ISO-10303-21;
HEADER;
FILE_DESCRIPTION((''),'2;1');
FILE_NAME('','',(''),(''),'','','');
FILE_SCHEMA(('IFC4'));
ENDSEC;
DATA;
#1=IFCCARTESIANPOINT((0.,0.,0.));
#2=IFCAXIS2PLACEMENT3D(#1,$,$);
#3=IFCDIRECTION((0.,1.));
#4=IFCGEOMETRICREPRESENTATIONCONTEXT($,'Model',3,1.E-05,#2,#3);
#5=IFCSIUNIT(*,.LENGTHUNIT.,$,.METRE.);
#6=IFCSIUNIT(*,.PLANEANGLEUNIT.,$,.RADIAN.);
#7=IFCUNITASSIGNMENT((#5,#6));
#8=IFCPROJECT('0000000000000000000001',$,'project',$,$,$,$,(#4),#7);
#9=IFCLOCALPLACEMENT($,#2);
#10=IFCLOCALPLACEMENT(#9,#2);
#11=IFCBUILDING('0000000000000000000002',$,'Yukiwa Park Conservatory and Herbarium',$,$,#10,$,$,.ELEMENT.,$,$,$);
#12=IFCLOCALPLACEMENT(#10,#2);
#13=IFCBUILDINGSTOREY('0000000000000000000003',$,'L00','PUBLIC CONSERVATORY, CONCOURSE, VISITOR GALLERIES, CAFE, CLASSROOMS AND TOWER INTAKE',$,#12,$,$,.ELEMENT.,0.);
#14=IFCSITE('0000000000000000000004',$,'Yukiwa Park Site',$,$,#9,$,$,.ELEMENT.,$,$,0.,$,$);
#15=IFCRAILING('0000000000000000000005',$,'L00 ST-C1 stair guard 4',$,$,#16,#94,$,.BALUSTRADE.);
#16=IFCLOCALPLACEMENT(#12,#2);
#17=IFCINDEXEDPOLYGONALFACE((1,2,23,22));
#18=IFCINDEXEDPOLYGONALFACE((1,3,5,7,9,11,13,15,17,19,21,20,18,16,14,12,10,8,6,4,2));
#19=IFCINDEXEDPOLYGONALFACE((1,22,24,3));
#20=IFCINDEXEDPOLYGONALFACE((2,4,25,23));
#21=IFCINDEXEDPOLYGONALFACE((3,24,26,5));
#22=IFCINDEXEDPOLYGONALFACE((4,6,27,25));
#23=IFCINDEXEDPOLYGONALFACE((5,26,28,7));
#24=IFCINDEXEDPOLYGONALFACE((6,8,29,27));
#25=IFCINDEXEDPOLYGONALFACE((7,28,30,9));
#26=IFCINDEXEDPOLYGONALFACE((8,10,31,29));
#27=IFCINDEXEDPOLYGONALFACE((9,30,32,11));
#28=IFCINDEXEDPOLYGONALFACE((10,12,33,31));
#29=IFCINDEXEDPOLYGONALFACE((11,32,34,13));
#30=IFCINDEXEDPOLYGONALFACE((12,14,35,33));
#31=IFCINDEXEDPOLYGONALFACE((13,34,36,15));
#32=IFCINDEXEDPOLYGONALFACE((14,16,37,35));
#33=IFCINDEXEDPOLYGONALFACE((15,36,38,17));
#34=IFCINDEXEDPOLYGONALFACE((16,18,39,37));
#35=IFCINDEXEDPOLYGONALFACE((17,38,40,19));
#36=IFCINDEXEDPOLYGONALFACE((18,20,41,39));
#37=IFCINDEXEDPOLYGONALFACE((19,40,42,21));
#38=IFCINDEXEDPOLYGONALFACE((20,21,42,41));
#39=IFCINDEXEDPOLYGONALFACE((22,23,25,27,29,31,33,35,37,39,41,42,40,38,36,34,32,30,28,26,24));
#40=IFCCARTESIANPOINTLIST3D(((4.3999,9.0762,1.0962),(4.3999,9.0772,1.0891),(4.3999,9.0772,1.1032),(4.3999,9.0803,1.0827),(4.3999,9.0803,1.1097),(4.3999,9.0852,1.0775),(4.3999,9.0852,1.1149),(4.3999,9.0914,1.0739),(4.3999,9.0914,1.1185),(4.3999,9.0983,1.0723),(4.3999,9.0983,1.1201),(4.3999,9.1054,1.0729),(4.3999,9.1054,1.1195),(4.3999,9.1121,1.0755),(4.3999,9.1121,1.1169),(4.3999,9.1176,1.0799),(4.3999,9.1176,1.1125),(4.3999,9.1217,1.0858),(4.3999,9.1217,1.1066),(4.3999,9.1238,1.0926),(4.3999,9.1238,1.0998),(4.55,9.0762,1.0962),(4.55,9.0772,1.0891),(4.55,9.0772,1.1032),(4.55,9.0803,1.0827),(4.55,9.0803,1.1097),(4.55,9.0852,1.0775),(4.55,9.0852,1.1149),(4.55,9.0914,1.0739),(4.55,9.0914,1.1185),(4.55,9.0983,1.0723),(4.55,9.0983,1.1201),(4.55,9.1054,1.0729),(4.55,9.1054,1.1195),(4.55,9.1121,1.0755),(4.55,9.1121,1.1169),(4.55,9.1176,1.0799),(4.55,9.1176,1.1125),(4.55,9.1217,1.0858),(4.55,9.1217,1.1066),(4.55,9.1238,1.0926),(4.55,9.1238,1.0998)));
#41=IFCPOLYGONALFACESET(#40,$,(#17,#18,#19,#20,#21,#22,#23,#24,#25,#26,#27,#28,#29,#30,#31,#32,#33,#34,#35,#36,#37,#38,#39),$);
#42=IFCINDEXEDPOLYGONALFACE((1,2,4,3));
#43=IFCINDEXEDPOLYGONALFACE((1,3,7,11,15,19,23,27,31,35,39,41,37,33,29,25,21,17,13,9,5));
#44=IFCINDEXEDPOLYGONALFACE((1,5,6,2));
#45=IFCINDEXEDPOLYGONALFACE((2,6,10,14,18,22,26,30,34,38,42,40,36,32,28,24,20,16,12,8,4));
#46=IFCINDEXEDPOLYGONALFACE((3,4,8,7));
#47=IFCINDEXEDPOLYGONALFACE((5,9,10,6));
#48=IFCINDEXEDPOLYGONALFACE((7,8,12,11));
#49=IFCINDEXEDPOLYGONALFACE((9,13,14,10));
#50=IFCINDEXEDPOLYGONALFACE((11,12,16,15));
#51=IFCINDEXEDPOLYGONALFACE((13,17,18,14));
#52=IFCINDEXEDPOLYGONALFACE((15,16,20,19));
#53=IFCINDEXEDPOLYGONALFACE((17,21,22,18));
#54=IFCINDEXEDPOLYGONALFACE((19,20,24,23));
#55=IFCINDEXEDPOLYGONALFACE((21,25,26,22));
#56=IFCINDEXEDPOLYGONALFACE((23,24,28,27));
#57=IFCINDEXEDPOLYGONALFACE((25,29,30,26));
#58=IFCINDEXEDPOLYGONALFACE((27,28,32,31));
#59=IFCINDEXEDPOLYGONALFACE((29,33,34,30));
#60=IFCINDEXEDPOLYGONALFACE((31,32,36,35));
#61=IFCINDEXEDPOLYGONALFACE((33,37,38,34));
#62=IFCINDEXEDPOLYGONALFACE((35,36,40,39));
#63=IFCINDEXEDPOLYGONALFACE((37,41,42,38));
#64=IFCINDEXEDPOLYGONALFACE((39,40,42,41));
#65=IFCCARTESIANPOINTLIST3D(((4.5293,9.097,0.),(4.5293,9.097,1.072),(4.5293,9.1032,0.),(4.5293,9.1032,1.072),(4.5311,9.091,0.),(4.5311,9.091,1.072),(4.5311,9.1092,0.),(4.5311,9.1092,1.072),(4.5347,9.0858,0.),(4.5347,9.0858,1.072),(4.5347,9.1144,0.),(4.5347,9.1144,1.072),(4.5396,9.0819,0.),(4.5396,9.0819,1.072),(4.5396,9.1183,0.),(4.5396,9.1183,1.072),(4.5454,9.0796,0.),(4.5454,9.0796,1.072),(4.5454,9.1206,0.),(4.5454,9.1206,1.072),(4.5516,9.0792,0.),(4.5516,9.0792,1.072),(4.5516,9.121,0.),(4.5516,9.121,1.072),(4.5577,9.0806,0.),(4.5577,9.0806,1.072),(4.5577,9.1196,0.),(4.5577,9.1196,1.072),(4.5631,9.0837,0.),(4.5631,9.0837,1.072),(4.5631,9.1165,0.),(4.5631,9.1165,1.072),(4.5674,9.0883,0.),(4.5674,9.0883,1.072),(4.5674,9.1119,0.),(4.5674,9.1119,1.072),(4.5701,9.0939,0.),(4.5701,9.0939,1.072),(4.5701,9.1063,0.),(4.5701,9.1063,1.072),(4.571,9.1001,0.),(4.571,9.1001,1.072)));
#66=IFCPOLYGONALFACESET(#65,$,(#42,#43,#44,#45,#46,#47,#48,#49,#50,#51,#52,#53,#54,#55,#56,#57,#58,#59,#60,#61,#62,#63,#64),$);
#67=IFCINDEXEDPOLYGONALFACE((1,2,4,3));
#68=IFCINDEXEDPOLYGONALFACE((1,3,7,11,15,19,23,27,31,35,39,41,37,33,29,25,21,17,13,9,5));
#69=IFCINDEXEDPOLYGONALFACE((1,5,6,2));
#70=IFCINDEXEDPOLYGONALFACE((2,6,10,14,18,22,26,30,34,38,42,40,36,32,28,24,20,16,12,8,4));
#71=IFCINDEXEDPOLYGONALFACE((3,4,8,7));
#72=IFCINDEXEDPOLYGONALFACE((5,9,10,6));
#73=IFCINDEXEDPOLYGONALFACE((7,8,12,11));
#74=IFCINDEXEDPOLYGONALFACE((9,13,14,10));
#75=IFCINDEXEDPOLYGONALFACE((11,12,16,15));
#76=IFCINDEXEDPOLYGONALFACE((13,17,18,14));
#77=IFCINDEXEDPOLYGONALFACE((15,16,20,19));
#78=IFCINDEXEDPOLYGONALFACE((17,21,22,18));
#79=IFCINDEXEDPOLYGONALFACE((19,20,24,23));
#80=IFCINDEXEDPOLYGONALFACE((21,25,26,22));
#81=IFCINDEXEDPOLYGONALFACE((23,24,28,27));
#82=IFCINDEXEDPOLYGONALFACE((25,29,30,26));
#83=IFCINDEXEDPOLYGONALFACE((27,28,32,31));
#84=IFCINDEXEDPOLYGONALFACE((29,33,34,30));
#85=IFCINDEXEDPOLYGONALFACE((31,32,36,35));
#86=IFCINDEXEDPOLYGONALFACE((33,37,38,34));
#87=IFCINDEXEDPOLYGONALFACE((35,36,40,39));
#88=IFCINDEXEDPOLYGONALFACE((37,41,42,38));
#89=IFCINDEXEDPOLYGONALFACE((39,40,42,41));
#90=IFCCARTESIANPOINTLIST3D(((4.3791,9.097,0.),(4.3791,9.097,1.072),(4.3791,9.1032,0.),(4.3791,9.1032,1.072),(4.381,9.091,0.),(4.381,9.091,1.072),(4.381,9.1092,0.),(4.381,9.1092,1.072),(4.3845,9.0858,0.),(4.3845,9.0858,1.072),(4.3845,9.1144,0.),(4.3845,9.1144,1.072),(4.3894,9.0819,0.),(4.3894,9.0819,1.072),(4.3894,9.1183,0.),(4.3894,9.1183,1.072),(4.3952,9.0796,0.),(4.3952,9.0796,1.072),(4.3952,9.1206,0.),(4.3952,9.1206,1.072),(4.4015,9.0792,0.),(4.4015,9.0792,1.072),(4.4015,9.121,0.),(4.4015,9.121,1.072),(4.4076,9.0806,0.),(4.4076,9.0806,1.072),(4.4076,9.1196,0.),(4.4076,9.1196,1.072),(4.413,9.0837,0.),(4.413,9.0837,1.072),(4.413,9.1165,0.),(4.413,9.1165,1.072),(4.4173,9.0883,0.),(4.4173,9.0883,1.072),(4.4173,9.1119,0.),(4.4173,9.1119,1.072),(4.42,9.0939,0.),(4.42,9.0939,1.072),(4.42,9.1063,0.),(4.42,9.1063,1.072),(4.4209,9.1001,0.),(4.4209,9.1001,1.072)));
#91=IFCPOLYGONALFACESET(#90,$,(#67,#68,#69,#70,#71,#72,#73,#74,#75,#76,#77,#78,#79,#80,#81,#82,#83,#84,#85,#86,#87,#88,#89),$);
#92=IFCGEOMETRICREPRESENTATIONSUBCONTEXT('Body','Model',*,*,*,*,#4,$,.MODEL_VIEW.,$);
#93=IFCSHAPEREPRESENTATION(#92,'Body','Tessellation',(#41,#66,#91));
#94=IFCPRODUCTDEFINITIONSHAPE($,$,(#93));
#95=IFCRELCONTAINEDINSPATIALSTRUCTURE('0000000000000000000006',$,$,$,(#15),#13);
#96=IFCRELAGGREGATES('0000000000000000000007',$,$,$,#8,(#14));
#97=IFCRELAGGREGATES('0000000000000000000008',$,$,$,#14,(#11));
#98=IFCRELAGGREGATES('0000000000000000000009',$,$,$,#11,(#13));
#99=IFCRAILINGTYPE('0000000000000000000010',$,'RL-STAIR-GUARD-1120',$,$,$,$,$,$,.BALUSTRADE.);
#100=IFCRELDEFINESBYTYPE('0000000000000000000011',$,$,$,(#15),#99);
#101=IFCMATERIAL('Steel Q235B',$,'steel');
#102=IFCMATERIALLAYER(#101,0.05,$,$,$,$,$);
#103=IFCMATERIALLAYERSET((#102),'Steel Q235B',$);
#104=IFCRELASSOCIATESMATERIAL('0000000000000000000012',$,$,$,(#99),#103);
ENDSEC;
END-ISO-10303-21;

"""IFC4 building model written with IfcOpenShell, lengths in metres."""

from ifc_helpers import new_model, si_unit, direction, frame, origin, origin_2d, place, context, subcontext, project, spatial, circle, extrude, material, layer, layer_set, type_object, element, save


model = new_model("IFC4")

# Units and contexts
model_context = context("Model", 3, precision=1e-05, world=origin(), true_north=direction((0.0, 1.0)))
body_context = subcontext(model_context, "Body", "Model", "MODEL_VIEW")
ifc_project = project(units=[si_unit("LENGTHUNIT", "METRE"), si_unit("PLANEANGLEUNIT", "RADIAN")], contexts=[model_context])

# Site, building, storey
site_placement = place(None, origin())
site = spatial("IfcSite", under=ifc_project, at=site_placement, Name="Yukiwa Park Site", CompositionType="ELEMENT", RefElevation=0.0)
building_placement = place(site_placement, origin())
building = spatial("IfcBuilding", under=site, at=building_placement, Name="Yukiwa Park Conservatory and Herbarium", CompositionType="ELEMENT")
storey_placement = place(building_placement, origin())
storey = spatial("IfcBuildingStorey", under=building, at=storey_placement, Name="L00", Description="PUBLIC CONSERVATORY, CONCOURSE, VISITOR GALLERIES, CAFE, CLASSROOMS AND TOWER INTAKE", CompositionType="ELEMENT", Elevation=0.0)

# Railing
ifc_material_1 = material(Name="Steel Q235B", Category="steel")
ifc_layer_1 = layer(ifc_material_1, 0.05)
ifc_layer_set_1 = layer_set([ifc_layer_1], Name="Steel Q235B")
railing_type_1 = type_object("IfcRailingType", Name="RL-STAIR-GUARD-1120", PredefinedType="BALUSTRADE", material=ifc_layer_set_1)
railing_1_placement = place(storey_placement, frame((4.55, 9.1001, 0.0)))
element("IfcRailing", 1, at=railing_1_placement, inside=storey, type_object=railing_type_1, Name="L00 ST-C1 stair guard 4", PredefinedType="BALUSTRADE", context=body_context, shape_type="SweptSolid", body=[
    extrude(circle(Radius=0.0239, at=origin_2d()), frame((0.0, 0.0, 1.0962), z_axis=(-1.0, 0.0, 0.0), x_axis=(0.0, -1.0, 0.0)), (0.0, 0.0, 1.0), 0.1501),
    extrude(circle(Radius=0.021, at=origin_2d()), origin(), (0.0, 0.0, 1.0), 1.072),
    extrude(circle(Radius=0.021, at=origin_2d()), frame((-0.1501, 0.0, 0.0)), (0.0, 0.0, 1.0), 1.072),
])

save(model, "model.ifc")
